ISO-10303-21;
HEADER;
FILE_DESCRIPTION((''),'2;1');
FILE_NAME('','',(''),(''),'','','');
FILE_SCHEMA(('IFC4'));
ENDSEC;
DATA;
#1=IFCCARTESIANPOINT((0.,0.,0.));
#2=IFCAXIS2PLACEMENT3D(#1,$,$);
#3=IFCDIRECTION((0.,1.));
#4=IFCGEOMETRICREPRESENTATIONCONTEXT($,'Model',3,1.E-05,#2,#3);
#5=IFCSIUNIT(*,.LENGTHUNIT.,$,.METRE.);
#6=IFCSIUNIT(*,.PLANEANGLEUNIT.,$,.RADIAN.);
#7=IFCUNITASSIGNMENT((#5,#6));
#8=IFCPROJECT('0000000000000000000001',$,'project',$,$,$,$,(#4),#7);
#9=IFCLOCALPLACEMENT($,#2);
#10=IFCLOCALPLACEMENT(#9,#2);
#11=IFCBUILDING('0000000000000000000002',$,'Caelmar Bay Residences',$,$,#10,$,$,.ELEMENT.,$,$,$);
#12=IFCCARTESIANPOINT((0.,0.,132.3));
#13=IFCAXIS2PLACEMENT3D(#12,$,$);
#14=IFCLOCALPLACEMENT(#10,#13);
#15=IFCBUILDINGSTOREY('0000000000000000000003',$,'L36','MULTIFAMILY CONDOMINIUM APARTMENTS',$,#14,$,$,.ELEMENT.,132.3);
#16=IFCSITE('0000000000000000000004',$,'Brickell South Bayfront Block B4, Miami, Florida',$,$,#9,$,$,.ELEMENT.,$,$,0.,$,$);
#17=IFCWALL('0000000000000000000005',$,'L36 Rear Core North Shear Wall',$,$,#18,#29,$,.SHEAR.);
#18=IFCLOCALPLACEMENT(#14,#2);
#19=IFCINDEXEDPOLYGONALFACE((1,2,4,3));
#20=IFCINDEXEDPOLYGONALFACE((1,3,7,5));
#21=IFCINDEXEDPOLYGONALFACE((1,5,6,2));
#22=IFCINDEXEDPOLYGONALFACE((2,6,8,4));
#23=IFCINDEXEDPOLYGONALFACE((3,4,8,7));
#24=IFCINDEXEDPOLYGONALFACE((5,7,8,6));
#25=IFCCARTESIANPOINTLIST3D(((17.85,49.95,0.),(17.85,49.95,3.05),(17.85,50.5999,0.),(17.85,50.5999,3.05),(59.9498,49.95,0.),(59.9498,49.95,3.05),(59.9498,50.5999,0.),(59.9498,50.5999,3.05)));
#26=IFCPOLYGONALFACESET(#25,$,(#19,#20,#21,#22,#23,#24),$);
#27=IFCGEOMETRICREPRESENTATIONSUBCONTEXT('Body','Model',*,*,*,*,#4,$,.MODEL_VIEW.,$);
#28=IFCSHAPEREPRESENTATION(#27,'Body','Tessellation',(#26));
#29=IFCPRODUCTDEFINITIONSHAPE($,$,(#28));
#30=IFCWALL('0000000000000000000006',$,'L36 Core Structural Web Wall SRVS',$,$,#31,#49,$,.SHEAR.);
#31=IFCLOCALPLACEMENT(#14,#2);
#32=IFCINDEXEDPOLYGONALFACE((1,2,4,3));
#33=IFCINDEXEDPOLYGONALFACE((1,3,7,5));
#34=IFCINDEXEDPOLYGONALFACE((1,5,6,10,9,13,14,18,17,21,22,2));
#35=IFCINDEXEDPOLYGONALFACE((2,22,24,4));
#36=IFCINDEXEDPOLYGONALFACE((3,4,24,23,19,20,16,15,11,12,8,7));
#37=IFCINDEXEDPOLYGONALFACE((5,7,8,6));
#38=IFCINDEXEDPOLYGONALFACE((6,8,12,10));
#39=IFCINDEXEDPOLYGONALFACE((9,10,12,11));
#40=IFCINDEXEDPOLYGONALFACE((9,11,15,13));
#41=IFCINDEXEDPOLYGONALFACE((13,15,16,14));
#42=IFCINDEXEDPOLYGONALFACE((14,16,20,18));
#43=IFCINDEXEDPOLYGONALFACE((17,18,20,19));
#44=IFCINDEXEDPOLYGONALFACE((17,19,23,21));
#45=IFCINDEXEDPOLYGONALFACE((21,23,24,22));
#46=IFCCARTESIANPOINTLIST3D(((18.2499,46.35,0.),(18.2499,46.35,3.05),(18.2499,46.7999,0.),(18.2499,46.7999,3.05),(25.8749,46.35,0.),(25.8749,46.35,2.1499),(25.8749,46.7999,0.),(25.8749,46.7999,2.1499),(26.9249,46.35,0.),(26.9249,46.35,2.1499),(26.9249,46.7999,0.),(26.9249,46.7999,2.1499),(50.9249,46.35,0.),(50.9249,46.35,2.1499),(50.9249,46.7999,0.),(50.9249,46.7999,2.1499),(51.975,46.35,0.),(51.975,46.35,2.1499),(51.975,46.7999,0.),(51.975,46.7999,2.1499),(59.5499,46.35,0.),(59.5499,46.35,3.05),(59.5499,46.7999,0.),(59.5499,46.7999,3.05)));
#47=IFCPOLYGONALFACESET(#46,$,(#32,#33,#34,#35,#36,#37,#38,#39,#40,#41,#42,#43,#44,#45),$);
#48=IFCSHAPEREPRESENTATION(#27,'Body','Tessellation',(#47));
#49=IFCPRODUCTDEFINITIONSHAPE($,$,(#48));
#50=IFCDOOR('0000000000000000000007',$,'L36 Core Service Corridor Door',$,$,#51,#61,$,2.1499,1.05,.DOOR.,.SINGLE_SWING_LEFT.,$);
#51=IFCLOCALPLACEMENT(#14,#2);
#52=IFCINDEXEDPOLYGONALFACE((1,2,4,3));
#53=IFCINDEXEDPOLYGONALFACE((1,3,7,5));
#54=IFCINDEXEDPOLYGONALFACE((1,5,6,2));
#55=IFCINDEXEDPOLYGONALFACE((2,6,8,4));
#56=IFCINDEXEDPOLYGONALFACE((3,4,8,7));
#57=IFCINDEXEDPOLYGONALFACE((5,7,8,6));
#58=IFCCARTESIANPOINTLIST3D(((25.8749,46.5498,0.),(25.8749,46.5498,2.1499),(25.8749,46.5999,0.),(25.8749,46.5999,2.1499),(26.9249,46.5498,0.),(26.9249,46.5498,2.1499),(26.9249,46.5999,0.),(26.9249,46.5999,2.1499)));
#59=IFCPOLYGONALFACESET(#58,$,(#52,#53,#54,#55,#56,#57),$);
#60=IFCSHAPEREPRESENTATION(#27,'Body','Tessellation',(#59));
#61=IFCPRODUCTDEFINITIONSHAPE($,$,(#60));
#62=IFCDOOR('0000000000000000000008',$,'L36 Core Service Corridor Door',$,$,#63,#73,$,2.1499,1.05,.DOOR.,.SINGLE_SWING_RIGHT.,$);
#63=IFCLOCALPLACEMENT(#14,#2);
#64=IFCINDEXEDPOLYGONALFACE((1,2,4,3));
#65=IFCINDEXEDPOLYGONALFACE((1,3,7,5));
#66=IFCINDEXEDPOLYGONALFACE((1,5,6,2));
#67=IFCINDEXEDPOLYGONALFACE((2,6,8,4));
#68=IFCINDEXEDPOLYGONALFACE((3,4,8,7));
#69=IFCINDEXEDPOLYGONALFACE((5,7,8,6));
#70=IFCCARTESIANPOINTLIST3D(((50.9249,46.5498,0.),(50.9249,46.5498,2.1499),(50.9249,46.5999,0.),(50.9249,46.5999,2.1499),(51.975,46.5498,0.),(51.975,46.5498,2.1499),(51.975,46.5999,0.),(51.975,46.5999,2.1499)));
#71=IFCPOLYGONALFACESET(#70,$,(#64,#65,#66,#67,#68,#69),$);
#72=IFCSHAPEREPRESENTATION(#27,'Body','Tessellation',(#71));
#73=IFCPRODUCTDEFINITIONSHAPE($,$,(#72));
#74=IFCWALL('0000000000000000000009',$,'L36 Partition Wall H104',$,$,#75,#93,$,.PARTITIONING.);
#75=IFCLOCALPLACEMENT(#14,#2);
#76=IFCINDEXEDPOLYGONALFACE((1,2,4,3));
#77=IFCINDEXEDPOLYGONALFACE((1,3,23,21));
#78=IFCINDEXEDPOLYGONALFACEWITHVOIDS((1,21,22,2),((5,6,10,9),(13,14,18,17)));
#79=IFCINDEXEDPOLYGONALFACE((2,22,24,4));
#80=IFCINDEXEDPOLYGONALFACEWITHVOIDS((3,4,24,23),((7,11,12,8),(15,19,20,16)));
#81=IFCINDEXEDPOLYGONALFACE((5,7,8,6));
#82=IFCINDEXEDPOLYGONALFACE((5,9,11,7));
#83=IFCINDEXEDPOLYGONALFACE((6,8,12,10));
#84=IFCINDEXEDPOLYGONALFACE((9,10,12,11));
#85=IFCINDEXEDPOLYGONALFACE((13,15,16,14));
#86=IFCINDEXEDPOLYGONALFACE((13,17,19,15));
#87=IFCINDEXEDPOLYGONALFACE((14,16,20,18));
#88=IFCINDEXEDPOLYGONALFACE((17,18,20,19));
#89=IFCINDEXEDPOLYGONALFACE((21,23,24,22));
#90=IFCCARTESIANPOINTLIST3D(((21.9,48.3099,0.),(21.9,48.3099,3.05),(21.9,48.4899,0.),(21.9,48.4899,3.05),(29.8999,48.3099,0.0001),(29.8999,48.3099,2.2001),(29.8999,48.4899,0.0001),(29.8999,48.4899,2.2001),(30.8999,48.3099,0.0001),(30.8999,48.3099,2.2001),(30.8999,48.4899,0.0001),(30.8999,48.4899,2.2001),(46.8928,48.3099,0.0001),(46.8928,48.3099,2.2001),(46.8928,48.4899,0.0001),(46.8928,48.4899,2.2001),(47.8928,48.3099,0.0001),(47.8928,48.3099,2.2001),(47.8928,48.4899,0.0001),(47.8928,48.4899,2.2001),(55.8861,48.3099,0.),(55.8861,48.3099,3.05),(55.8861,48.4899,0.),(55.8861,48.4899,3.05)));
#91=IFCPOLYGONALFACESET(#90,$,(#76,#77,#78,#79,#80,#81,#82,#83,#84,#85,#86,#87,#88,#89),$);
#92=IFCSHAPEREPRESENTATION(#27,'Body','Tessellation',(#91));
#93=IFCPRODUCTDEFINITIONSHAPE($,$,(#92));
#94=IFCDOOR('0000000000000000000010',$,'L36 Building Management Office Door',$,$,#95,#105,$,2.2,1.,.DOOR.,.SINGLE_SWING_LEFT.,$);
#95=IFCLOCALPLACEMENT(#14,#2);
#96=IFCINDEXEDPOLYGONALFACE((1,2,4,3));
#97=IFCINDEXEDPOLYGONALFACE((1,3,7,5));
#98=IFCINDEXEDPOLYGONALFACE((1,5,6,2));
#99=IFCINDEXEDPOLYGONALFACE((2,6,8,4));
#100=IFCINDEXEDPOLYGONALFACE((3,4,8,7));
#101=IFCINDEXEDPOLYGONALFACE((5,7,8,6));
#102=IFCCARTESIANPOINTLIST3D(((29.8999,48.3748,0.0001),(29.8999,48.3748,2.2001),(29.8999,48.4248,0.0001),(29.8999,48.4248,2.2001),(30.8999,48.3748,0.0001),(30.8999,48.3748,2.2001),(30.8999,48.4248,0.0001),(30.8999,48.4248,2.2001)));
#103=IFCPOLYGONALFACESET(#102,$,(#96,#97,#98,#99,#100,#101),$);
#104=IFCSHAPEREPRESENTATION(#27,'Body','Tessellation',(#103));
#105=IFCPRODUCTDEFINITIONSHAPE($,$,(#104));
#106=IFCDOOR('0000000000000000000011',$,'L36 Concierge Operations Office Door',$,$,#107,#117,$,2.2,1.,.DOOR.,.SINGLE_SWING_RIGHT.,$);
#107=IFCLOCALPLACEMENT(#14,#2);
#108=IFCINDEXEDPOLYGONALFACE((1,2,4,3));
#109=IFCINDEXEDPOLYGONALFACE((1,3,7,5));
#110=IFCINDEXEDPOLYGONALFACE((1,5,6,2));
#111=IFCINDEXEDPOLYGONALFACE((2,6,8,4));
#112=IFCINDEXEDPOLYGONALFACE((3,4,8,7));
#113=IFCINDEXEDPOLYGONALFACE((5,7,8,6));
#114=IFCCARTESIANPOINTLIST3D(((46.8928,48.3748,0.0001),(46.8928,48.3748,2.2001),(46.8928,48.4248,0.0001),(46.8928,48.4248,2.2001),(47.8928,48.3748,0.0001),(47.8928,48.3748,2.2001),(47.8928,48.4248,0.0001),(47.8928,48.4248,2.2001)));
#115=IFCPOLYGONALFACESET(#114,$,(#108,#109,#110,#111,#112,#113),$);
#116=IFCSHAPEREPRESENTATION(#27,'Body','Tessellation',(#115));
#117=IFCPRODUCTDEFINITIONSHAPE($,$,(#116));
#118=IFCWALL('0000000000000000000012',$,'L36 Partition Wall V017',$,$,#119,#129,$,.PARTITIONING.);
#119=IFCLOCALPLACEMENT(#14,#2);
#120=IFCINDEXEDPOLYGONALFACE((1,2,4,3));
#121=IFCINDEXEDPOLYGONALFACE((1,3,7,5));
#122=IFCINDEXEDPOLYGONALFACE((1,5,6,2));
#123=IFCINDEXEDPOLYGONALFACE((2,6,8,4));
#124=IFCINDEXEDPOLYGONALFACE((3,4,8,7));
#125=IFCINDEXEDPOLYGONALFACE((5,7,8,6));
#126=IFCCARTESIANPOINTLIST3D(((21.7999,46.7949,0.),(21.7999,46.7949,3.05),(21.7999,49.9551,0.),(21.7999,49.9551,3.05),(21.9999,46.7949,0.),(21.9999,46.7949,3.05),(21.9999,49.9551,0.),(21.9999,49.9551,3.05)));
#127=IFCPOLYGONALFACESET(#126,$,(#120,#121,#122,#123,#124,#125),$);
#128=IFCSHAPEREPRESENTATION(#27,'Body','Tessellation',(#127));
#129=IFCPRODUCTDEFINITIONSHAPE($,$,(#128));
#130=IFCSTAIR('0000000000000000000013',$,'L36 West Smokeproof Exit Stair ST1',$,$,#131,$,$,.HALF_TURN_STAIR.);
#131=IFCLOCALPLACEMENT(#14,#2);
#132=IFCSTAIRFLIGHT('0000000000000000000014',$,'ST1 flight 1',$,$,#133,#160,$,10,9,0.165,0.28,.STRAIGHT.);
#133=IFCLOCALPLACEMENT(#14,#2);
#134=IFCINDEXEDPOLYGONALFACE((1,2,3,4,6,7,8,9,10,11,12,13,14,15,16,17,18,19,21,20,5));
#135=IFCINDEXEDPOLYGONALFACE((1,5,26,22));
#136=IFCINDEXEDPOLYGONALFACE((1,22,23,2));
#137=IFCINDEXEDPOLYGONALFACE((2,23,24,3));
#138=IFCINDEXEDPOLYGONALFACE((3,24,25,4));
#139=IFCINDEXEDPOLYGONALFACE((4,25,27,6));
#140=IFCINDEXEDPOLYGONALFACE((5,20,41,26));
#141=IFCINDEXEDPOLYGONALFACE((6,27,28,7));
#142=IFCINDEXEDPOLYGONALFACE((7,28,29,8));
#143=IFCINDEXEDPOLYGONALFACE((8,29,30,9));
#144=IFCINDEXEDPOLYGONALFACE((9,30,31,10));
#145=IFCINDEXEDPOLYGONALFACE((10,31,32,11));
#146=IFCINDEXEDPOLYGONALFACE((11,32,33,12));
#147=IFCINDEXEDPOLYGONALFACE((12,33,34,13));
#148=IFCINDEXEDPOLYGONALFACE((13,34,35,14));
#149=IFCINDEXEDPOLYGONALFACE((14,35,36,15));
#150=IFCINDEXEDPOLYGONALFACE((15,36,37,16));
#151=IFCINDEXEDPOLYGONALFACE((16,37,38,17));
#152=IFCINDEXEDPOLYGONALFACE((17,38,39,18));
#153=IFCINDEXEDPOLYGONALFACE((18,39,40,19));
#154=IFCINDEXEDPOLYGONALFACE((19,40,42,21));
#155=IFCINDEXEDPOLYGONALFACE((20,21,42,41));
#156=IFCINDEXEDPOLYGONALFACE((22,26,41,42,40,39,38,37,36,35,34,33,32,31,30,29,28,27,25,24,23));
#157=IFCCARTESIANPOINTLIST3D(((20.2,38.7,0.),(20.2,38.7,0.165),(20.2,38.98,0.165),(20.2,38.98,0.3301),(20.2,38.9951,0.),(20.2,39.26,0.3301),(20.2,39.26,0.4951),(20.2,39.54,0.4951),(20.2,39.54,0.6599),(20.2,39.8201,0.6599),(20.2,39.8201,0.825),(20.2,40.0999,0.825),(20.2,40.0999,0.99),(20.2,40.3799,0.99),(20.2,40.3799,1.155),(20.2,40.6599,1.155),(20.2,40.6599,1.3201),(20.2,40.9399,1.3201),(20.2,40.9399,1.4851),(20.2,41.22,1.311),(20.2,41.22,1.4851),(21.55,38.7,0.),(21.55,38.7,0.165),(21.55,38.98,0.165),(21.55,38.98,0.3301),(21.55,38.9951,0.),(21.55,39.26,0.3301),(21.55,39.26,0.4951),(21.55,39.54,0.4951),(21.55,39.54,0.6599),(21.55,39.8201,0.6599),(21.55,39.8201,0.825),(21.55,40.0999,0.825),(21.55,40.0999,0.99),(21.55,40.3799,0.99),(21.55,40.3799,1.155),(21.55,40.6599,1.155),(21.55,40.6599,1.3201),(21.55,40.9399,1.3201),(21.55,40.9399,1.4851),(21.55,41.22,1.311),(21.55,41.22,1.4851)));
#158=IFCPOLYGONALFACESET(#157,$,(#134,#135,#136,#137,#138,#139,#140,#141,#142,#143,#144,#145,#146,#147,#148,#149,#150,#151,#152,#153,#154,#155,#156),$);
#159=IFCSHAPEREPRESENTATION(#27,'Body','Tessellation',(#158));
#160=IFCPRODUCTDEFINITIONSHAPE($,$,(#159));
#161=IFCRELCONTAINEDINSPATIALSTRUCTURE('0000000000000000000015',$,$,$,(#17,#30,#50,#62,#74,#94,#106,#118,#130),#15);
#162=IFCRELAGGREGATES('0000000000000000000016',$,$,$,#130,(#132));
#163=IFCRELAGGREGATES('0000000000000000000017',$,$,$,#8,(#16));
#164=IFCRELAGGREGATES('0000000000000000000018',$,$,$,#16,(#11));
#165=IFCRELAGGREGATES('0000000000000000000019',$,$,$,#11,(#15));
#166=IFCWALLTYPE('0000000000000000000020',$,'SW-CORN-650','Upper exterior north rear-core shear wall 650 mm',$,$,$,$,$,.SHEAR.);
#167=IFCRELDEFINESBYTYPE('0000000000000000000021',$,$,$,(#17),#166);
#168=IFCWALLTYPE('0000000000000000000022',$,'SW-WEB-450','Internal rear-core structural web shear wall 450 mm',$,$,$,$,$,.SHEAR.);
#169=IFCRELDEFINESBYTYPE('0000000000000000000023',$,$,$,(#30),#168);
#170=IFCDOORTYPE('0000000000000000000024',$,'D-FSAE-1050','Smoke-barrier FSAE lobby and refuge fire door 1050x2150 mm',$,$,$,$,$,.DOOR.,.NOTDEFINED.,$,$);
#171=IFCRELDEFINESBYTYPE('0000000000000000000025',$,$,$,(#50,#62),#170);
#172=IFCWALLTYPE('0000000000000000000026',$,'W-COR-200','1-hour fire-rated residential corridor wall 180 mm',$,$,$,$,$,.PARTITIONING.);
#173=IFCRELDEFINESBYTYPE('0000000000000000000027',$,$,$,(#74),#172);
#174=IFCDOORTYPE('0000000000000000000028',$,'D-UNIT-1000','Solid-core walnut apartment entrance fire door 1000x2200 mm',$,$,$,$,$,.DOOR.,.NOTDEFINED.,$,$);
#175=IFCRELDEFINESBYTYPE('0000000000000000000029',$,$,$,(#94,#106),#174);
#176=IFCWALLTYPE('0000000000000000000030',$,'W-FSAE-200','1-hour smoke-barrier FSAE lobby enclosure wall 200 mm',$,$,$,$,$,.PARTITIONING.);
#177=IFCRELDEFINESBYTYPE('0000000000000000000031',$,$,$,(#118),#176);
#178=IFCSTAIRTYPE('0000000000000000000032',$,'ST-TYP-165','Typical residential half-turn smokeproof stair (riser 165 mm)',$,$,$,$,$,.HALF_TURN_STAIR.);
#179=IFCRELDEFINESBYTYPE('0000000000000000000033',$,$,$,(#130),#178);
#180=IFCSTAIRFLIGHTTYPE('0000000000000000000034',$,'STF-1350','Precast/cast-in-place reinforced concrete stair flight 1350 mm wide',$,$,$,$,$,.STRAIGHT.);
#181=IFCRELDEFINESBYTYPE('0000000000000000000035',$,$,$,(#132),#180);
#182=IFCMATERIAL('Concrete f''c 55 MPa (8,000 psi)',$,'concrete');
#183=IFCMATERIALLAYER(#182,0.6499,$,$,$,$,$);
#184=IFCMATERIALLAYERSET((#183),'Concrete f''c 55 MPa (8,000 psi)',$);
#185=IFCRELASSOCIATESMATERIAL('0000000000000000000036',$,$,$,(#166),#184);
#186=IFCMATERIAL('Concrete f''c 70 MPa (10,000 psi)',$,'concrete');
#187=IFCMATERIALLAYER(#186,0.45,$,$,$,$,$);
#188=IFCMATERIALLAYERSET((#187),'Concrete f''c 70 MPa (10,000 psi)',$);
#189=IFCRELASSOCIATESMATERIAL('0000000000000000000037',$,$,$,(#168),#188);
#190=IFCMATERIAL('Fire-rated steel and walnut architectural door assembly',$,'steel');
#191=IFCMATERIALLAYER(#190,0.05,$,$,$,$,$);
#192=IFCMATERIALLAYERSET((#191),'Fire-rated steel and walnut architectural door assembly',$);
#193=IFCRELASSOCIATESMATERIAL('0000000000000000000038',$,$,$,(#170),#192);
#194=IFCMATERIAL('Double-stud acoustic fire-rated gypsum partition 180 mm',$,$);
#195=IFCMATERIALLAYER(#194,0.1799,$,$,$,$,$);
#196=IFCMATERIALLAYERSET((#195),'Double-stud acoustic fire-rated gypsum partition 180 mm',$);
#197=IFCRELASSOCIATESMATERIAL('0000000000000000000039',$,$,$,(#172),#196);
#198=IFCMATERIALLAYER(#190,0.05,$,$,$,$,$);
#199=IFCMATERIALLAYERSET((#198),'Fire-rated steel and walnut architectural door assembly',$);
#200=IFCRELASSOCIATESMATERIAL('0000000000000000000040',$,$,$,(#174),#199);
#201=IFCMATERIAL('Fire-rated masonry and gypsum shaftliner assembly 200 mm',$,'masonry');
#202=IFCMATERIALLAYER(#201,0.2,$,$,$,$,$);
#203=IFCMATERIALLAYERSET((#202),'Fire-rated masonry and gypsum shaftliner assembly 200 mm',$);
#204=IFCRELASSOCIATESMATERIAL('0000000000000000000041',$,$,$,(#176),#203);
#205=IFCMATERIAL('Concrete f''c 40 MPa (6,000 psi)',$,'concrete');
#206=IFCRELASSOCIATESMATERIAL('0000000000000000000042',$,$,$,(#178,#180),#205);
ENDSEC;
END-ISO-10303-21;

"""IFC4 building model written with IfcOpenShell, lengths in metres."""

from ifc_helpers import new_model, si_unit, direction, frame, frame_2d, origin, place, context, subcontext, project, spatial, polyline, rectangle, outline, extrude, material, layer, layer_set, type_object, element, fill, aggregate, save


model = new_model("IFC4")

# Units and contexts
model_context = context("Model", 3, precision=1e-05, world=origin(), true_north=direction((0.0, 1.0)))
body_context = subcontext(model_context, "Body", "Model", "MODEL_VIEW")
ifc_project = project(units=[si_unit("LENGTHUNIT", "METRE"), si_unit("PLANEANGLEUNIT", "RADIAN")], contexts=[model_context])

# Site, building, storey
site_placement = place(None, origin())
site = spatial("IfcSite", under=ifc_project, at=site_placement, Name="Brickell South Bayfront Block B4, Miami, Florida", CompositionType="ELEMENT", RefElevation=0.0)
building_placement = place(site_placement, origin())
building = spatial("IfcBuilding", under=site, at=building_placement, Name="Caelmar Bay Residences", CompositionType="ELEMENT")
storey_placement = place(building_placement, frame((0.0, 0.0, 132.3)))
storey = spatial("IfcBuildingStorey", under=building, at=storey_placement, Name="L36", Description="MULTIFAMILY CONDOMINIUM APARTMENTS", CompositionType="ELEMENT", Elevation=132.3)

# Wall
ifc_material_1 = material(Name="Concrete f'c 55 MPa (8,000 psi)", Category="concrete")
ifc_layer_1 = layer(ifc_material_1, 0.6499)
ifc_layer_set_1 = layer_set([ifc_layer_1], Name="Concrete f'c 55 MPa (8,000 psi)")
wall_type_1 = type_object("IfcWallType", Name="SW-CORN-650", Description="Upper exterior north rear-core shear wall 650 mm", PredefinedType="SHEAR", material=ifc_layer_set_1)
wall_1_placement = place(storey_placement, frame((17.8501, 50.2749, 0.0), z_axis=(0.0, 0.0, 1.0), x_axis=(1.0, 0.0, 0.0)))
element("IfcWall", 1, at=wall_1_placement, inside=storey, type_object=wall_type_1, Name="L36 Rear Core North Shear Wall", PredefinedType="SHEAR", context=body_context, shape_type="SweptSolid", body=[
    extrude(rectangle(XDim=42.0999, YDim=0.6499, at=frame_2d((21.0498, 0.0))), origin(), (0.0, 0.0, 1.0), 3.05),
])

# Walls, openings, doors
ifc_material_2 = material(Name="Concrete f'c 70 MPa (10,000 psi)", Category="concrete")
ifc_layer_2 = layer(ifc_material_2, 0.45)
ifc_layer_set_2 = layer_set([ifc_layer_2], Name="Concrete f'c 70 MPa (10,000 psi)")
wall_type_2 = type_object("IfcWallType", Name="SW-WEB-450", Description="Internal rear-core structural web shear wall 450 mm", PredefinedType="SHEAR", material=ifc_layer_set_2)
wall_2_placement = place(storey_placement, frame((18.25, 46.575, 0.0), z_axis=(0.0, 0.0, 1.0), x_axis=(1.0, 0.0, 0.0)))
wall_2 = element("IfcWall", 2, at=wall_2_placement, inside=storey, type_object=wall_type_2, Name="L36 Core Structural Web Wall SRVS", PredefinedType="SHEAR", context=body_context, shape_type="SweptSolid", body=[
    extrude(rectangle(XDim=41.3, YDim=0.45, at=frame_2d((20.6499, 0.0))), origin(), (0.0, 0.0, 1.0), 3.05),
])
opening_1_placement = place(wall_2_placement, frame((7.625, 0.0, 0.0)))
opening_1 = element("IfcOpeningElement", 3, at=opening_1_placement, cuts=wall_2, PredefinedType="OPENING", context=body_context, shape_type="SweptSolid", body=[
    extrude(rectangle(XDim=1.05, YDim=2.1499, at=frame_2d((0.5249, 1.075))), frame((0.0, 0.2349, 0.0), z_axis=(0.0, -1.0, 0.0), x_axis=(1.0, 0.0, 0.0)), (0.0, 0.0, 1.0), 0.47),
])
opening_2_placement = place(wall_2_placement, frame((32.675, 0.0, 0.0)))
opening_2 = element("IfcOpeningElement", 4, at=opening_2_placement, cuts=wall_2, PredefinedType="OPENING", context=body_context, shape_type="SweptSolid", body=[
    extrude(rectangle(XDim=1.05, YDim=2.1499, at=frame_2d((0.5249, 1.075))), frame((0.0, 0.2349, 0.0), z_axis=(0.0, -1.0, 0.0), x_axis=(1.0, 0.0, 0.0)), (0.0, 0.0, 1.0), 0.47),
])
ifc_material_3 = material(Name="Fire-rated steel and walnut architectural door assembly", Category="steel")
ifc_layer_3 = layer(ifc_material_3, 0.05)
ifc_layer_set_3 = layer_set([ifc_layer_3], Name="Fire-rated steel and walnut architectural door assembly")
door_type_1 = type_object("IfcDoorType", Name="D-FSAE-1050", Description="Smoke-barrier FSAE lobby and refuge fire door 1050x2150 mm", OperationType="NOTDEFINED", PredefinedType="DOOR", material=ifc_layer_set_3)
door_1_placement = place(opening_1_placement, origin())
door_1 = element("IfcDoor", 5, at=door_1_placement, inside=storey, type_object=door_type_1, Name="L36 Core Service Corridor Door", OperationType="SINGLE_SWING_LEFT", OverallHeight=2.1499, OverallWidth=1.05, PredefinedType="DOOR", context=body_context, shape_type="SweptSolid", body=[
    extrude(rectangle(XDim=1.05, YDim=2.1499, at=frame_2d((0.5249, 1.075))), frame((0.0, 0.0249, 0.0), z_axis=(0.0, -1.0, 0.0), x_axis=(1.0, 0.0, 0.0)), (0.0, 0.0, 1.0), 0.05),
])
fill(opening_1, door_1)
door_2_placement = place(opening_2_placement, origin())
door_2 = element("IfcDoor", 6, at=door_2_placement, inside=storey, type_object=door_type_1, Name="L36 Core Service Corridor Door", OperationType="SINGLE_SWING_RIGHT", OverallHeight=2.1499, OverallWidth=1.05, PredefinedType="DOOR", context=body_context, shape_type="SweptSolid", body=[
    extrude(rectangle(XDim=1.05, YDim=2.1499, at=frame_2d((0.5249, 1.075))), frame((0.0, 0.0249, 0.0), z_axis=(0.0, -1.0, 0.0), x_axis=(1.0, 0.0, 0.0)), (0.0, 0.0, 1.0), 0.05),
])
fill(opening_2, door_2)
ifc_material_4 = material(Name="Double-stud acoustic fire-rated gypsum partition 180 mm")
ifc_layer_4 = layer(ifc_material_4, 0.1799)
ifc_layer_set_4 = layer_set([ifc_layer_4], Name="Double-stud acoustic fire-rated gypsum partition 180 mm")
wall_type_3 = type_object("IfcWallType", Name="W-COR-200", Description="1-hour fire-rated residential corridor wall 180 mm", PredefinedType="PARTITIONING", material=ifc_layer_set_4)
wall_3_placement = place(storey_placement, frame((21.8999, 48.3999, 0.0), z_axis=(0.0, 0.0, 1.0), x_axis=(1.0, 0.0, 0.0)))
wall_3 = element("IfcWall", 7, at=wall_3_placement, inside=storey, type_object=wall_type_3, Name="L36 Partition Wall H104", PredefinedType="PARTITIONING", context=body_context, shape_type="SweptSolid", body=[
    extrude(rectangle(XDim=33.9861, YDim=0.1799, at=frame_2d((16.9932, 0.0))), origin(), (0.0, 0.0, 1.0), 3.05),
])
opening_3_placement = place(wall_3_placement, frame((8.0, 0.0, 0.0)))
opening_3 = element("IfcOpeningElement", 8, at=opening_3_placement, cuts=wall_3, PredefinedType="OPENING", context=body_context, shape_type="SweptSolid", body=[
    extrude(rectangle(XDim=1.0, YDim=2.2, at=frame_2d((0.5, 1.1001))), frame((0.0, 0.0999, 0.0), z_axis=(0.0, -1.0, 0.0), x_axis=(1.0, 0.0, 0.0)), (0.0, 0.0, 1.0), 0.2),
])
opening_4_placement = place(wall_3_placement, frame((24.9929, 0.0, 0.0)))
opening_4 = element("IfcOpeningElement", 9, at=opening_4_placement, cuts=wall_3, PredefinedType="OPENING", context=body_context, shape_type="SweptSolid", body=[
    extrude(rectangle(XDim=1.0, YDim=2.2, at=frame_2d((0.5, 1.1001))), frame((0.0, 0.0999, 0.0), z_axis=(0.0, -1.0, 0.0), x_axis=(1.0, 0.0, 0.0)), (0.0, 0.0, 1.0), 0.2),
])
ifc_layer_5 = layer(ifc_material_3, 0.05)
ifc_layer_set_5 = layer_set([ifc_layer_5], Name="Fire-rated steel and walnut architectural door assembly")
door_type_2 = type_object("IfcDoorType", Name="D-UNIT-1000", Description="Solid-core walnut apartment entrance fire door 1000x2200 mm", OperationType="NOTDEFINED", PredefinedType="DOOR", material=ifc_layer_set_5)
door_3_placement = place(opening_3_placement, origin())
door_3 = element("IfcDoor", 10, at=door_3_placement, inside=storey, type_object=door_type_2, Name="L36 Building Management Office Door", OperationType="SINGLE_SWING_LEFT", OverallHeight=2.2, OverallWidth=1.0, PredefinedType="DOOR", context=body_context, shape_type="SweptSolid", body=[
    extrude(rectangle(XDim=1.0, YDim=2.2, at=frame_2d((0.5, 1.1001))), frame((0.0, 0.0249, 0.0), z_axis=(0.0, -1.0, 0.0), x_axis=(1.0, 0.0, 0.0)), (0.0, 0.0, 1.0), 0.05),
])
fill(opening_3, door_3)
door_4_placement = place(opening_4_placement, origin())
door_4 = element("IfcDoor", 11, at=door_4_placement, inside=storey, type_object=door_type_2, Name="L36 Concierge Operations Office Door", OperationType="SINGLE_SWING_RIGHT", OverallHeight=2.2, OverallWidth=1.0, PredefinedType="DOOR", context=body_context, shape_type="SweptSolid", body=[
    extrude(rectangle(XDim=1.0, YDim=2.2, at=frame_2d((0.5, 1.1001))), frame((0.0, 0.0249, 0.0), z_axis=(0.0, -1.0, 0.0), x_axis=(1.0, 0.0, 0.0)), (0.0, 0.0, 1.0), 0.05),
])
fill(opening_4, door_4)

# Wall
ifc_material_5 = material(Name="Fire-rated masonry and gypsum shaftliner assembly 200 mm", Category="masonry")
ifc_layer_6 = layer(ifc_material_5, 0.2)
ifc_layer_set_6 = layer_set([ifc_layer_6], Name="Fire-rated masonry and gypsum shaftliner assembly 200 mm")
wall_type_4 = type_object("IfcWallType", Name="W-FSAE-200", Description="1-hour smoke-barrier FSAE lobby enclosure wall 200 mm", PredefinedType="PARTITIONING", material=ifc_layer_set_6)
wall_4_placement = place(storey_placement, frame((21.8999, 46.7949, 0.0), z_axis=(0.0, 0.0, 1.0), x_axis=(0.0, 1.0, 0.0)))
element("IfcWall", 12, at=wall_4_placement, inside=storey, type_object=wall_type_4, Name="L36 Partition Wall V017", PredefinedType="PARTITIONING", context=body_context, shape_type="SweptSolid", body=[
    extrude(rectangle(XDim=3.1602, YDim=0.2, at=frame_2d((1.5801, 0.0))), origin(), (0.0, 0.0, 1.0), 3.05),
])

# Stair, stair flight
ifc_material_6 = material(Name="Concrete f'c 40 MPa (6,000 psi)", Category="concrete")
stair_type = type_object("IfcStairType", Name="ST-TYP-165", Description="Typical residential half-turn smokeproof stair (riser 165 mm)", PredefinedType="HALF_TURN_STAIR", material=ifc_material_6)
stair_placement = place(storey_placement, origin())
stair = element("IfcStair", 13, at=stair_placement, inside=storey, type_object=stair_type, Name="L36 West Smokeproof Exit Stair ST1", PredefinedType="HALF_TURN_STAIR")
stair_flight_type = type_object("IfcStairFlightType", Name="STF-1350", Description="Precast/cast-in-place reinforced concrete stair flight 1350 mm wide", PredefinedType="STRAIGHT", material=ifc_material_6)
stair_flight_1_placement = place(storey_placement, frame((20.875, 38.7, 0.0), z_axis=(0.0, 0.0, 1.0), x_axis=(0.0, 1.0, 0.0)))
stair_flight_1 = element("IfcStairFlight", 14, at=stair_flight_1_placement, type_object=stair_flight_type, Name="ST1 flight 1", NumberOfRisers=10, NumberOfTreads=9, PredefinedType="STRAIGHT", RiserHeight=0.165, TreadLength=0.28, context=body_context, shape_type="SweptSolid", body=[
    extrude(outline(polyline([(0.0, 0.0), (0.0, 0.165), (0.28, 0.165), (0.28, 0.3301), (0.5601, 0.3301), (0.5601, 0.4951), (0.8401, 0.4951), (0.8401, 0.6599), (1.1201, 0.6599), (1.1201, 0.825), (1.3999, 0.825), (1.3999, 0.99), (1.6799, 0.99), (1.6799, 1.155), (1.96, 1.155), (1.96, 1.3201), (2.24, 1.3201), (2.24, 1.4851), (2.52, 1.4851), (2.52, 1.6499), (2.52, 1.311), (0.2952, 0.0), (0.0, 0.0)])), frame((0.0, 0.675, 0.0), z_axis=(0.0, -1.0, 0.0), x_axis=(1.0, 0.0, 0.0)), (0.0, 0.0, 1.0), 1.3501),
])
aggregate(stair, [stair_flight_1])

save(model, "model.ifc")
